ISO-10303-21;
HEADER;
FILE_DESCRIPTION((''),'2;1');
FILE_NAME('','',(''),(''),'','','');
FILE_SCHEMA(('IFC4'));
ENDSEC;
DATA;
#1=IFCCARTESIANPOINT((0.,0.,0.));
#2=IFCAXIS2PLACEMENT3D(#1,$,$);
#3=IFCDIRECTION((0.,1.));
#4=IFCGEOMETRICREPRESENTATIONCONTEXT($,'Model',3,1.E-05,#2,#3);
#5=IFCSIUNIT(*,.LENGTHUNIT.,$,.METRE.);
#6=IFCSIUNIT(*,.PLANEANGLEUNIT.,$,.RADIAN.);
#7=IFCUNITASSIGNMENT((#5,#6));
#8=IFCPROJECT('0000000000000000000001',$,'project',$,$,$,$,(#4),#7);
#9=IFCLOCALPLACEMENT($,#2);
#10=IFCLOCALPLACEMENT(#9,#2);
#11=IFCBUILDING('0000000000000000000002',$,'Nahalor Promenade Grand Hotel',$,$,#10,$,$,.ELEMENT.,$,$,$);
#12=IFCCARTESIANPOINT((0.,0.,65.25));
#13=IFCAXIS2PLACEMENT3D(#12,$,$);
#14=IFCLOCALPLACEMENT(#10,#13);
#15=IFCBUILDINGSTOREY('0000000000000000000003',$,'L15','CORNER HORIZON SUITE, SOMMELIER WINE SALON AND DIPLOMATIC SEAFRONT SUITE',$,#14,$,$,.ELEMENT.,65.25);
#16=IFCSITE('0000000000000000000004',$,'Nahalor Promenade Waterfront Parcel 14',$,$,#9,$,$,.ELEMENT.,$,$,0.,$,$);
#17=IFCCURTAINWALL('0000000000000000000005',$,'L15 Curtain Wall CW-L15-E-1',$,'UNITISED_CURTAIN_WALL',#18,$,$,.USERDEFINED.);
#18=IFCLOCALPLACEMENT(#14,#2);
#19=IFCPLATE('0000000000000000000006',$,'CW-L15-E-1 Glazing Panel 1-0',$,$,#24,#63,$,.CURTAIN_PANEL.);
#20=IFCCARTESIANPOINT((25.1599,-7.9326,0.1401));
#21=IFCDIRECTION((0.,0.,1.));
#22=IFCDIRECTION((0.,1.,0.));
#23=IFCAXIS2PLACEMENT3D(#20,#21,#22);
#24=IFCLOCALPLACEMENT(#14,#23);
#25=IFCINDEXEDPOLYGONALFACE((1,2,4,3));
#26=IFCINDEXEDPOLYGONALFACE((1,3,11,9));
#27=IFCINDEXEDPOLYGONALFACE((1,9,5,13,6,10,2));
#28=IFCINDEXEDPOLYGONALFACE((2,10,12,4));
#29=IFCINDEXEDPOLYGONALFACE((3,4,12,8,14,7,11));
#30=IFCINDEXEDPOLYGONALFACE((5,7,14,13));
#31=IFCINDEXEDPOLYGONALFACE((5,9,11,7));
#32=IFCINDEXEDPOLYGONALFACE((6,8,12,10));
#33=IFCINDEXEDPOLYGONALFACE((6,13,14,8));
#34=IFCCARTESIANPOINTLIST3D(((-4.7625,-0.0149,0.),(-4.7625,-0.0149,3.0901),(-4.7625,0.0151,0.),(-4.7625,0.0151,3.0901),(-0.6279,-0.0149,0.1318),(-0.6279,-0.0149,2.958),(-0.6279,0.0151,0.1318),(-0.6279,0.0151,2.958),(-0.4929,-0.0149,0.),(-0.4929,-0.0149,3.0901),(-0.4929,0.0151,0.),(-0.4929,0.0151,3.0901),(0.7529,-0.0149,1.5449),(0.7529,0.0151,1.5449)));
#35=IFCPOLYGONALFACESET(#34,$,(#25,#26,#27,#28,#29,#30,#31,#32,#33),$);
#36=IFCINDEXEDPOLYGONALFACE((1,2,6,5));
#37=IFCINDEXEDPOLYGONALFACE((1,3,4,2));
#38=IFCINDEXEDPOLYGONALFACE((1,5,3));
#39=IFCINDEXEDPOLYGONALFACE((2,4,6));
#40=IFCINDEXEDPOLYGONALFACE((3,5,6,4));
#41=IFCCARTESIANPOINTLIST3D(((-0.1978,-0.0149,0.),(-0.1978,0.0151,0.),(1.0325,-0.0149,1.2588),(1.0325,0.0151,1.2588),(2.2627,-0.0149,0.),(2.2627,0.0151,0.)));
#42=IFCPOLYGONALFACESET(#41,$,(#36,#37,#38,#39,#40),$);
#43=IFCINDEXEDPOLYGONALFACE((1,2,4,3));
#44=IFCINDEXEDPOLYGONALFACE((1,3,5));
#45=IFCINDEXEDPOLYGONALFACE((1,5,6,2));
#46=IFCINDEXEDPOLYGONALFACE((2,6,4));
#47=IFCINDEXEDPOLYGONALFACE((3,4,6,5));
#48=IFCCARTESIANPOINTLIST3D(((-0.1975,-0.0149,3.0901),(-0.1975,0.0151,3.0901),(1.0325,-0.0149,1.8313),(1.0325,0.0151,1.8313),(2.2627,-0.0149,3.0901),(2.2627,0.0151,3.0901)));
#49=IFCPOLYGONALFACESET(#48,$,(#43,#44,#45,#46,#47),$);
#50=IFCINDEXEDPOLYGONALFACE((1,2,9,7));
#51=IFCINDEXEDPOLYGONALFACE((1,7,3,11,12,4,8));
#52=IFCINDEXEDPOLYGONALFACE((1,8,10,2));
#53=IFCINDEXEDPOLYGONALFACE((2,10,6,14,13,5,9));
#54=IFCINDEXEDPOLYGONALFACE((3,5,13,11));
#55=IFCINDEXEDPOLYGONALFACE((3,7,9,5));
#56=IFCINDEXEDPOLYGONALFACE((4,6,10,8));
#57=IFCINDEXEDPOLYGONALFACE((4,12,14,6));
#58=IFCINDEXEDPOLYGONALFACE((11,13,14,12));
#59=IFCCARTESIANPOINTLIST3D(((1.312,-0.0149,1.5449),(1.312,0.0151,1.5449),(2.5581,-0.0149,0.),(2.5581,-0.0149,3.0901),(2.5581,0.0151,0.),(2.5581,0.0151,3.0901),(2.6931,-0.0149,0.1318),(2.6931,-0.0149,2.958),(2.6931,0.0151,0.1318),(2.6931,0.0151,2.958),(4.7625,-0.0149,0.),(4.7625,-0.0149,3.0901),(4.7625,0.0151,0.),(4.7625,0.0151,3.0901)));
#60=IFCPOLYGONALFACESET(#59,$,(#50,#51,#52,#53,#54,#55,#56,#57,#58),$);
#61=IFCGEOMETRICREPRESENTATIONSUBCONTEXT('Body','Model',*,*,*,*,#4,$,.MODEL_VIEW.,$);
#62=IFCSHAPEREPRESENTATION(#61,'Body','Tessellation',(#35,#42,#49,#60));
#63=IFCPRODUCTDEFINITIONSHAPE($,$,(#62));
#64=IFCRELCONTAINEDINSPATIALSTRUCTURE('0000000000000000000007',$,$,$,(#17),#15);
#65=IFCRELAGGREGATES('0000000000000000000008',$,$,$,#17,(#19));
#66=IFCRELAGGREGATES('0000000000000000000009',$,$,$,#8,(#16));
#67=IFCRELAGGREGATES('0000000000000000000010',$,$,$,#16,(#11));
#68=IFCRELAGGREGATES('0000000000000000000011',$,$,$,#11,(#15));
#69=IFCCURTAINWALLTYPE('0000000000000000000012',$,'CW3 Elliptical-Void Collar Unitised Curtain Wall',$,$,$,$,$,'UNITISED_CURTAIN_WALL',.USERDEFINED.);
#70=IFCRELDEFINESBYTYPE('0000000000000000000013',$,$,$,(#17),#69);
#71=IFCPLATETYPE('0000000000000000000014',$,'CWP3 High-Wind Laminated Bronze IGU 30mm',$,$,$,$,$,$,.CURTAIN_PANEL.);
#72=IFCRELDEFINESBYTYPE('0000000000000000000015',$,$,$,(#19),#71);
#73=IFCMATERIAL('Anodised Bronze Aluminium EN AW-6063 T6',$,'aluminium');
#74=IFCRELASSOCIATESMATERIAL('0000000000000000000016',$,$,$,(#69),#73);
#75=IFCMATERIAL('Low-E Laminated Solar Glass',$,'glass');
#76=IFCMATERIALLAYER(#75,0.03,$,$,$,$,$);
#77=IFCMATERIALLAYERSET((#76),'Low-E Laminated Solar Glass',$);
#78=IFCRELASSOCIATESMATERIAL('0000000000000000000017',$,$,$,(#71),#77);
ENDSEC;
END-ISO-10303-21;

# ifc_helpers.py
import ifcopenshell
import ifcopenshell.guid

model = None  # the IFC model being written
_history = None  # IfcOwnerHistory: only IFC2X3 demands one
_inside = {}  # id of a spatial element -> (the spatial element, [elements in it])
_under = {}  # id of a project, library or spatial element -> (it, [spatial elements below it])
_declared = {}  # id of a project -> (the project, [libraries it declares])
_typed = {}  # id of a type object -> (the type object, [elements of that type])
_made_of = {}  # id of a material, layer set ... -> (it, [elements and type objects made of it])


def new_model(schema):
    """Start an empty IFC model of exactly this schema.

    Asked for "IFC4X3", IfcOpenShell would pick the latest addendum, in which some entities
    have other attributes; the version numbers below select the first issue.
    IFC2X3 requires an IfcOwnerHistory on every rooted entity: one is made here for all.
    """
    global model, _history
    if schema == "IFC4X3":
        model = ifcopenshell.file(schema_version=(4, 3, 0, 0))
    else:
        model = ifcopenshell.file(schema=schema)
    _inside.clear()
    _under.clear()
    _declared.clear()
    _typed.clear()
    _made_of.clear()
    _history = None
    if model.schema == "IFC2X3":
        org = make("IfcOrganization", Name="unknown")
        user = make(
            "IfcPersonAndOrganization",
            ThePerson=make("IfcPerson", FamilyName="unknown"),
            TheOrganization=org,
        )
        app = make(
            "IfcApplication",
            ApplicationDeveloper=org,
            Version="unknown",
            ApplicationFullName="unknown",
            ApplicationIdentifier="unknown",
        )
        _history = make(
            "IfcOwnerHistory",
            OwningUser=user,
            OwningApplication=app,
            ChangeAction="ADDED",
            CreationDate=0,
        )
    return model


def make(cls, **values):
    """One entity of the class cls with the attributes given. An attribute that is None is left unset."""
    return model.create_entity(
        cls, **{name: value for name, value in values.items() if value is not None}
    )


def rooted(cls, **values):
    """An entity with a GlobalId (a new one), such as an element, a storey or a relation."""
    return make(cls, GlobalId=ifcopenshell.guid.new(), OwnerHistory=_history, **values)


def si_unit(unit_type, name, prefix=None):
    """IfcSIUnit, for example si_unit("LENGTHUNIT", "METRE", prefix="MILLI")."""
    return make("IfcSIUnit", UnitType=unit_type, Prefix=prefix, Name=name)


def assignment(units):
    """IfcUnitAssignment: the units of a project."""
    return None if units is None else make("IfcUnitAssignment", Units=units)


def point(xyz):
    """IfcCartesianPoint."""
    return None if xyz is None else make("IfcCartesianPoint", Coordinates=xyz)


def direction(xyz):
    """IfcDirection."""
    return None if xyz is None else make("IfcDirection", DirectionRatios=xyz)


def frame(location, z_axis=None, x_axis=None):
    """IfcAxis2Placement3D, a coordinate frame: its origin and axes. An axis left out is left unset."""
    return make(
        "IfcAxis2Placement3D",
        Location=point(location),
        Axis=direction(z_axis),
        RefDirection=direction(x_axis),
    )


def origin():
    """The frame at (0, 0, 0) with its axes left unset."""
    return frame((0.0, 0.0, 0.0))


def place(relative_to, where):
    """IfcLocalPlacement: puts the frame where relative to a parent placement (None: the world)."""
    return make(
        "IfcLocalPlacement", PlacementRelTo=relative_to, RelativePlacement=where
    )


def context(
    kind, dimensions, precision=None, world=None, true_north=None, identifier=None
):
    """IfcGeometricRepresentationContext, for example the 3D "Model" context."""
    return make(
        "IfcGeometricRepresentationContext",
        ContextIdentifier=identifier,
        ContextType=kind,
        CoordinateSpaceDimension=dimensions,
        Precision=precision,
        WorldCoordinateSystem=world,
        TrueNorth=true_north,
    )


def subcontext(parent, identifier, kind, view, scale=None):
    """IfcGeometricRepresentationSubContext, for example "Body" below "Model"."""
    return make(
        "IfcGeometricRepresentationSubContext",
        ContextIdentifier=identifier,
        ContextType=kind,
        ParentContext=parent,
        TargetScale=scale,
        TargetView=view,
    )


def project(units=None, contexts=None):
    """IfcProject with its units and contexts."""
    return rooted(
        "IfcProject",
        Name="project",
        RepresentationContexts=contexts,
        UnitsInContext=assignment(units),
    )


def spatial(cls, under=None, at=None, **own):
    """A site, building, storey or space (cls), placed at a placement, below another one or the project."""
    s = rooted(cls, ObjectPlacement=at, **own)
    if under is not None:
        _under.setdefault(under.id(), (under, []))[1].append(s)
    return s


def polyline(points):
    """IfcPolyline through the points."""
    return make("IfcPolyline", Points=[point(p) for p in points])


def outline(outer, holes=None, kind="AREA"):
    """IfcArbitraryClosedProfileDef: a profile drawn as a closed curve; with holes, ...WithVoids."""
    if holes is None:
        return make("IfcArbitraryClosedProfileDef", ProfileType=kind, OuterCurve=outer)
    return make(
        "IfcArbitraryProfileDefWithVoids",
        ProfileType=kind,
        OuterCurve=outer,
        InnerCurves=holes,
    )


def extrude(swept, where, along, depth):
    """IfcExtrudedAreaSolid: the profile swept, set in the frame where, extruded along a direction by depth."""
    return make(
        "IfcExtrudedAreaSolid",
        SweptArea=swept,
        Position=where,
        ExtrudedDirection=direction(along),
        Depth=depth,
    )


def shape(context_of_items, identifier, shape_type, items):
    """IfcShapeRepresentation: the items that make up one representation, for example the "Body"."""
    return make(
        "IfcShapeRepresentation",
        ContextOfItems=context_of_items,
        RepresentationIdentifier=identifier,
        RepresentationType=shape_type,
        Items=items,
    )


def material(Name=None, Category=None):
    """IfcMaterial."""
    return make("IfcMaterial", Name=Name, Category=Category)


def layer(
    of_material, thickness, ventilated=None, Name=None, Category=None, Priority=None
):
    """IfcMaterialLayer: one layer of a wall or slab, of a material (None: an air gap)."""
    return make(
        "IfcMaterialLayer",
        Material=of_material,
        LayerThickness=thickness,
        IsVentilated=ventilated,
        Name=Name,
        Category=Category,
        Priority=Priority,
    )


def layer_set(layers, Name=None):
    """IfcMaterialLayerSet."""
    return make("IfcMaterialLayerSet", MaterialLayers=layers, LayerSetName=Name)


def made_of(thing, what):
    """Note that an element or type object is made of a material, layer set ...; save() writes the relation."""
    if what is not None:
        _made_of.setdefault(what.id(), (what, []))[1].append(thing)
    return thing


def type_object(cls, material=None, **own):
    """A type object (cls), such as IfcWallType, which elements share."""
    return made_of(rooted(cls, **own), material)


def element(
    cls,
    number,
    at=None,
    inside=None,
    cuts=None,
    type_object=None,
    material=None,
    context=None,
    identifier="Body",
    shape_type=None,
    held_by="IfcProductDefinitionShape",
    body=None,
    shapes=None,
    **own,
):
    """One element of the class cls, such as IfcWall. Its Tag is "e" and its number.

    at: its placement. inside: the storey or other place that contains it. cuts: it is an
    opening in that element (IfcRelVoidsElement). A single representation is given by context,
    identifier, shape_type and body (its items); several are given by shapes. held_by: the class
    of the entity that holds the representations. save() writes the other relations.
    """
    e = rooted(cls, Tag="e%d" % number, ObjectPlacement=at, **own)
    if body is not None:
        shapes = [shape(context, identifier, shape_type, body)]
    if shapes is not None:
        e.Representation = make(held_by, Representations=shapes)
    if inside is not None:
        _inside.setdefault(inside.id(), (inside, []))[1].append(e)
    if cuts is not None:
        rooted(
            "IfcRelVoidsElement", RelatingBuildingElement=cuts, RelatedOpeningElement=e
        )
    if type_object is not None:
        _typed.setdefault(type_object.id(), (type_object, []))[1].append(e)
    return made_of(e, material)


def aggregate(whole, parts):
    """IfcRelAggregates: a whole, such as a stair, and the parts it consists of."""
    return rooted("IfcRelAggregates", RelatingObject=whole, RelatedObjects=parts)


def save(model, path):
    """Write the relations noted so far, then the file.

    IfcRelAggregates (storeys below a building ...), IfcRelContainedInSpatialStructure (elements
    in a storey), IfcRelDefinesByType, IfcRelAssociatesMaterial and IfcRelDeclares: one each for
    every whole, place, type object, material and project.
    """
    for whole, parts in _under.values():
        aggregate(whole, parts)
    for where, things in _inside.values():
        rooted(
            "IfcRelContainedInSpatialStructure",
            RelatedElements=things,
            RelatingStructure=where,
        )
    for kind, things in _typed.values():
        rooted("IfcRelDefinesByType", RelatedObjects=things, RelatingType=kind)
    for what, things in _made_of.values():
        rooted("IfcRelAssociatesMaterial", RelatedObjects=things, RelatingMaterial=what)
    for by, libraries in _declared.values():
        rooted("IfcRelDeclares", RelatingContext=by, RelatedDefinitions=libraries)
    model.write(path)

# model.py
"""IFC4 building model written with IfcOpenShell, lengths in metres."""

from ifc_helpers import new_model, si_unit, direction, frame, origin, place, context, subcontext, project, spatial, polyline, outline, extrude, material, layer, layer_set, type_object, element, aggregate, save


model = new_model("IFC4")

# Units and contexts
model_context = context("Model", 3, precision=1e-05, world=origin(), true_north=direction((0.0, 1.0)))
body_context = subcontext(model_context, "Body", "Model", "MODEL_VIEW")
ifc_project = project(units=[si_unit("LENGTHUNIT", "METRE"), si_unit("PLANEANGLEUNIT", "RADIAN")], contexts=[model_context])

# Site, building, storey
site_placement = place(None, origin())
site = spatial("IfcSite", under=ifc_project, at=site_placement, Name="Nahalor Promenade Waterfront Parcel 14", CompositionType="ELEMENT", RefElevation=0.0)
building_placement = place(site_placement, origin())
building = spatial("IfcBuilding", under=site, at=building_placement, Name="Nahalor Promenade Grand Hotel", CompositionType="ELEMENT")
storey_placement = place(building_placement, frame((0.0, 0.0, 65.25)))
storey = spatial("IfcBuildingStorey", under=building, at=storey_placement, Name="L15", Description="CORNER HORIZON SUITE, SOMMELIER WINE SALON AND DIPLOMATIC SEAFRONT SUITE", CompositionType="ELEMENT", Elevation=65.25)

# Curtain wall
ifc_material_1 = material(Name="Anodised Bronze Aluminium EN AW-6063 T6", Category="aluminium")
curtain_wall_type = type_object("IfcCurtainWallType", Name="CW3 Elliptical-Void Collar Unitised Curtain Wall", ElementType="UNITISED_CURTAIN_WALL", PredefinedType="USERDEFINED", material=ifc_material_1)
curtain_wall_1_placement = place(storey_placement, origin())
curtain_wall_1 = element("IfcCurtainWall", 1, at=curtain_wall_1_placement, inside=storey, type_object=curtain_wall_type, Name="L15 Curtain Wall CW-L15-E-1", ObjectType="UNITISED_CURTAIN_WALL", PredefinedType="USERDEFINED")

# Plate
ifc_material_2 = material(Name="Low-E Laminated Solar Glass", Category="glass")
ifc_layer_1 = layer(ifc_material_2, 0.03)
ifc_layer_set_1 = layer_set([ifc_layer_1], Name="Low-E Laminated Solar Glass")
plate_type_1 = type_object("IfcPlateType", Name="CWP3 High-Wind Laminated Bronze IGU 30mm", PredefinedType="CURTAIN_PANEL", material=ifc_layer_set_1)
plate_1_placement = place(storey_placement, frame((25.1599, -7.9326, 0.1401), z_axis=(0.0, 0.0, 1.0), x_axis=(0.0, 1.0, 0.0)))
plate_1 = element("IfcPlate", 2, at=plate_1_placement, type_object=plate_type_1, Name="CW-L15-E-1 Glazing Panel 1-0", PredefinedType="CURTAIN_PANEL", context=body_context, shape_type="SweptSolid", body=[
    extrude(outline(polyline([(-4.7625, 3.0901), (-4.7625, 0.0), (-0.4929, 0.0), (-0.6279, 0.1318), (0.7529, 1.5449), (-0.6279, 2.958), (-0.4929, 3.0901), (-4.7625, 3.0901)])), frame((0.0, 0.0151, 0.0), z_axis=(0.0, -1.0, 0.0), x_axis=(1.0, 0.0, 0.0)), (0.0, 0.0, 1.0), 0.03),
    extrude(outline(polyline([(1.0325, 1.2588), (-0.1978, 0.0), (2.2627, 0.0), (1.0325, 1.2588)])), frame((0.0, 0.0151, 0.0), z_axis=(0.0, -1.0, 0.0), x_axis=(1.0, 0.0, 0.0)), (0.0, 0.0, 1.0), 0.03),
    extrude(outline(polyline([(1.0325, 1.8313), (2.2627, 3.0901), (-0.1975, 3.0901), (1.0325, 1.8313)])), frame((0.0, 0.0151, 0.0), z_axis=(0.0, -1.0, 0.0), x_axis=(1.0, 0.0, 0.0)), (0.0, 0.0, 1.0), 0.03),
    extrude(outline(polyline([(4.7625, 0.0), (4.7625, 3.0901), (2.5581, 3.0901), (2.6931, 2.958), (1.312, 1.5449), (2.6931, 0.1318), (2.5581, 0.0), (4.7625, 0.0)])), frame((0.0, 0.0151, 0.0), z_axis=(0.0, -1.0, 0.0), x_axis=(1.0, 0.0, 0.0)), (0.0, 0.0, 1.0), 0.03),
])
aggregate(curtain_wall_1, [plate_1])

save(model, "model.ifc")
